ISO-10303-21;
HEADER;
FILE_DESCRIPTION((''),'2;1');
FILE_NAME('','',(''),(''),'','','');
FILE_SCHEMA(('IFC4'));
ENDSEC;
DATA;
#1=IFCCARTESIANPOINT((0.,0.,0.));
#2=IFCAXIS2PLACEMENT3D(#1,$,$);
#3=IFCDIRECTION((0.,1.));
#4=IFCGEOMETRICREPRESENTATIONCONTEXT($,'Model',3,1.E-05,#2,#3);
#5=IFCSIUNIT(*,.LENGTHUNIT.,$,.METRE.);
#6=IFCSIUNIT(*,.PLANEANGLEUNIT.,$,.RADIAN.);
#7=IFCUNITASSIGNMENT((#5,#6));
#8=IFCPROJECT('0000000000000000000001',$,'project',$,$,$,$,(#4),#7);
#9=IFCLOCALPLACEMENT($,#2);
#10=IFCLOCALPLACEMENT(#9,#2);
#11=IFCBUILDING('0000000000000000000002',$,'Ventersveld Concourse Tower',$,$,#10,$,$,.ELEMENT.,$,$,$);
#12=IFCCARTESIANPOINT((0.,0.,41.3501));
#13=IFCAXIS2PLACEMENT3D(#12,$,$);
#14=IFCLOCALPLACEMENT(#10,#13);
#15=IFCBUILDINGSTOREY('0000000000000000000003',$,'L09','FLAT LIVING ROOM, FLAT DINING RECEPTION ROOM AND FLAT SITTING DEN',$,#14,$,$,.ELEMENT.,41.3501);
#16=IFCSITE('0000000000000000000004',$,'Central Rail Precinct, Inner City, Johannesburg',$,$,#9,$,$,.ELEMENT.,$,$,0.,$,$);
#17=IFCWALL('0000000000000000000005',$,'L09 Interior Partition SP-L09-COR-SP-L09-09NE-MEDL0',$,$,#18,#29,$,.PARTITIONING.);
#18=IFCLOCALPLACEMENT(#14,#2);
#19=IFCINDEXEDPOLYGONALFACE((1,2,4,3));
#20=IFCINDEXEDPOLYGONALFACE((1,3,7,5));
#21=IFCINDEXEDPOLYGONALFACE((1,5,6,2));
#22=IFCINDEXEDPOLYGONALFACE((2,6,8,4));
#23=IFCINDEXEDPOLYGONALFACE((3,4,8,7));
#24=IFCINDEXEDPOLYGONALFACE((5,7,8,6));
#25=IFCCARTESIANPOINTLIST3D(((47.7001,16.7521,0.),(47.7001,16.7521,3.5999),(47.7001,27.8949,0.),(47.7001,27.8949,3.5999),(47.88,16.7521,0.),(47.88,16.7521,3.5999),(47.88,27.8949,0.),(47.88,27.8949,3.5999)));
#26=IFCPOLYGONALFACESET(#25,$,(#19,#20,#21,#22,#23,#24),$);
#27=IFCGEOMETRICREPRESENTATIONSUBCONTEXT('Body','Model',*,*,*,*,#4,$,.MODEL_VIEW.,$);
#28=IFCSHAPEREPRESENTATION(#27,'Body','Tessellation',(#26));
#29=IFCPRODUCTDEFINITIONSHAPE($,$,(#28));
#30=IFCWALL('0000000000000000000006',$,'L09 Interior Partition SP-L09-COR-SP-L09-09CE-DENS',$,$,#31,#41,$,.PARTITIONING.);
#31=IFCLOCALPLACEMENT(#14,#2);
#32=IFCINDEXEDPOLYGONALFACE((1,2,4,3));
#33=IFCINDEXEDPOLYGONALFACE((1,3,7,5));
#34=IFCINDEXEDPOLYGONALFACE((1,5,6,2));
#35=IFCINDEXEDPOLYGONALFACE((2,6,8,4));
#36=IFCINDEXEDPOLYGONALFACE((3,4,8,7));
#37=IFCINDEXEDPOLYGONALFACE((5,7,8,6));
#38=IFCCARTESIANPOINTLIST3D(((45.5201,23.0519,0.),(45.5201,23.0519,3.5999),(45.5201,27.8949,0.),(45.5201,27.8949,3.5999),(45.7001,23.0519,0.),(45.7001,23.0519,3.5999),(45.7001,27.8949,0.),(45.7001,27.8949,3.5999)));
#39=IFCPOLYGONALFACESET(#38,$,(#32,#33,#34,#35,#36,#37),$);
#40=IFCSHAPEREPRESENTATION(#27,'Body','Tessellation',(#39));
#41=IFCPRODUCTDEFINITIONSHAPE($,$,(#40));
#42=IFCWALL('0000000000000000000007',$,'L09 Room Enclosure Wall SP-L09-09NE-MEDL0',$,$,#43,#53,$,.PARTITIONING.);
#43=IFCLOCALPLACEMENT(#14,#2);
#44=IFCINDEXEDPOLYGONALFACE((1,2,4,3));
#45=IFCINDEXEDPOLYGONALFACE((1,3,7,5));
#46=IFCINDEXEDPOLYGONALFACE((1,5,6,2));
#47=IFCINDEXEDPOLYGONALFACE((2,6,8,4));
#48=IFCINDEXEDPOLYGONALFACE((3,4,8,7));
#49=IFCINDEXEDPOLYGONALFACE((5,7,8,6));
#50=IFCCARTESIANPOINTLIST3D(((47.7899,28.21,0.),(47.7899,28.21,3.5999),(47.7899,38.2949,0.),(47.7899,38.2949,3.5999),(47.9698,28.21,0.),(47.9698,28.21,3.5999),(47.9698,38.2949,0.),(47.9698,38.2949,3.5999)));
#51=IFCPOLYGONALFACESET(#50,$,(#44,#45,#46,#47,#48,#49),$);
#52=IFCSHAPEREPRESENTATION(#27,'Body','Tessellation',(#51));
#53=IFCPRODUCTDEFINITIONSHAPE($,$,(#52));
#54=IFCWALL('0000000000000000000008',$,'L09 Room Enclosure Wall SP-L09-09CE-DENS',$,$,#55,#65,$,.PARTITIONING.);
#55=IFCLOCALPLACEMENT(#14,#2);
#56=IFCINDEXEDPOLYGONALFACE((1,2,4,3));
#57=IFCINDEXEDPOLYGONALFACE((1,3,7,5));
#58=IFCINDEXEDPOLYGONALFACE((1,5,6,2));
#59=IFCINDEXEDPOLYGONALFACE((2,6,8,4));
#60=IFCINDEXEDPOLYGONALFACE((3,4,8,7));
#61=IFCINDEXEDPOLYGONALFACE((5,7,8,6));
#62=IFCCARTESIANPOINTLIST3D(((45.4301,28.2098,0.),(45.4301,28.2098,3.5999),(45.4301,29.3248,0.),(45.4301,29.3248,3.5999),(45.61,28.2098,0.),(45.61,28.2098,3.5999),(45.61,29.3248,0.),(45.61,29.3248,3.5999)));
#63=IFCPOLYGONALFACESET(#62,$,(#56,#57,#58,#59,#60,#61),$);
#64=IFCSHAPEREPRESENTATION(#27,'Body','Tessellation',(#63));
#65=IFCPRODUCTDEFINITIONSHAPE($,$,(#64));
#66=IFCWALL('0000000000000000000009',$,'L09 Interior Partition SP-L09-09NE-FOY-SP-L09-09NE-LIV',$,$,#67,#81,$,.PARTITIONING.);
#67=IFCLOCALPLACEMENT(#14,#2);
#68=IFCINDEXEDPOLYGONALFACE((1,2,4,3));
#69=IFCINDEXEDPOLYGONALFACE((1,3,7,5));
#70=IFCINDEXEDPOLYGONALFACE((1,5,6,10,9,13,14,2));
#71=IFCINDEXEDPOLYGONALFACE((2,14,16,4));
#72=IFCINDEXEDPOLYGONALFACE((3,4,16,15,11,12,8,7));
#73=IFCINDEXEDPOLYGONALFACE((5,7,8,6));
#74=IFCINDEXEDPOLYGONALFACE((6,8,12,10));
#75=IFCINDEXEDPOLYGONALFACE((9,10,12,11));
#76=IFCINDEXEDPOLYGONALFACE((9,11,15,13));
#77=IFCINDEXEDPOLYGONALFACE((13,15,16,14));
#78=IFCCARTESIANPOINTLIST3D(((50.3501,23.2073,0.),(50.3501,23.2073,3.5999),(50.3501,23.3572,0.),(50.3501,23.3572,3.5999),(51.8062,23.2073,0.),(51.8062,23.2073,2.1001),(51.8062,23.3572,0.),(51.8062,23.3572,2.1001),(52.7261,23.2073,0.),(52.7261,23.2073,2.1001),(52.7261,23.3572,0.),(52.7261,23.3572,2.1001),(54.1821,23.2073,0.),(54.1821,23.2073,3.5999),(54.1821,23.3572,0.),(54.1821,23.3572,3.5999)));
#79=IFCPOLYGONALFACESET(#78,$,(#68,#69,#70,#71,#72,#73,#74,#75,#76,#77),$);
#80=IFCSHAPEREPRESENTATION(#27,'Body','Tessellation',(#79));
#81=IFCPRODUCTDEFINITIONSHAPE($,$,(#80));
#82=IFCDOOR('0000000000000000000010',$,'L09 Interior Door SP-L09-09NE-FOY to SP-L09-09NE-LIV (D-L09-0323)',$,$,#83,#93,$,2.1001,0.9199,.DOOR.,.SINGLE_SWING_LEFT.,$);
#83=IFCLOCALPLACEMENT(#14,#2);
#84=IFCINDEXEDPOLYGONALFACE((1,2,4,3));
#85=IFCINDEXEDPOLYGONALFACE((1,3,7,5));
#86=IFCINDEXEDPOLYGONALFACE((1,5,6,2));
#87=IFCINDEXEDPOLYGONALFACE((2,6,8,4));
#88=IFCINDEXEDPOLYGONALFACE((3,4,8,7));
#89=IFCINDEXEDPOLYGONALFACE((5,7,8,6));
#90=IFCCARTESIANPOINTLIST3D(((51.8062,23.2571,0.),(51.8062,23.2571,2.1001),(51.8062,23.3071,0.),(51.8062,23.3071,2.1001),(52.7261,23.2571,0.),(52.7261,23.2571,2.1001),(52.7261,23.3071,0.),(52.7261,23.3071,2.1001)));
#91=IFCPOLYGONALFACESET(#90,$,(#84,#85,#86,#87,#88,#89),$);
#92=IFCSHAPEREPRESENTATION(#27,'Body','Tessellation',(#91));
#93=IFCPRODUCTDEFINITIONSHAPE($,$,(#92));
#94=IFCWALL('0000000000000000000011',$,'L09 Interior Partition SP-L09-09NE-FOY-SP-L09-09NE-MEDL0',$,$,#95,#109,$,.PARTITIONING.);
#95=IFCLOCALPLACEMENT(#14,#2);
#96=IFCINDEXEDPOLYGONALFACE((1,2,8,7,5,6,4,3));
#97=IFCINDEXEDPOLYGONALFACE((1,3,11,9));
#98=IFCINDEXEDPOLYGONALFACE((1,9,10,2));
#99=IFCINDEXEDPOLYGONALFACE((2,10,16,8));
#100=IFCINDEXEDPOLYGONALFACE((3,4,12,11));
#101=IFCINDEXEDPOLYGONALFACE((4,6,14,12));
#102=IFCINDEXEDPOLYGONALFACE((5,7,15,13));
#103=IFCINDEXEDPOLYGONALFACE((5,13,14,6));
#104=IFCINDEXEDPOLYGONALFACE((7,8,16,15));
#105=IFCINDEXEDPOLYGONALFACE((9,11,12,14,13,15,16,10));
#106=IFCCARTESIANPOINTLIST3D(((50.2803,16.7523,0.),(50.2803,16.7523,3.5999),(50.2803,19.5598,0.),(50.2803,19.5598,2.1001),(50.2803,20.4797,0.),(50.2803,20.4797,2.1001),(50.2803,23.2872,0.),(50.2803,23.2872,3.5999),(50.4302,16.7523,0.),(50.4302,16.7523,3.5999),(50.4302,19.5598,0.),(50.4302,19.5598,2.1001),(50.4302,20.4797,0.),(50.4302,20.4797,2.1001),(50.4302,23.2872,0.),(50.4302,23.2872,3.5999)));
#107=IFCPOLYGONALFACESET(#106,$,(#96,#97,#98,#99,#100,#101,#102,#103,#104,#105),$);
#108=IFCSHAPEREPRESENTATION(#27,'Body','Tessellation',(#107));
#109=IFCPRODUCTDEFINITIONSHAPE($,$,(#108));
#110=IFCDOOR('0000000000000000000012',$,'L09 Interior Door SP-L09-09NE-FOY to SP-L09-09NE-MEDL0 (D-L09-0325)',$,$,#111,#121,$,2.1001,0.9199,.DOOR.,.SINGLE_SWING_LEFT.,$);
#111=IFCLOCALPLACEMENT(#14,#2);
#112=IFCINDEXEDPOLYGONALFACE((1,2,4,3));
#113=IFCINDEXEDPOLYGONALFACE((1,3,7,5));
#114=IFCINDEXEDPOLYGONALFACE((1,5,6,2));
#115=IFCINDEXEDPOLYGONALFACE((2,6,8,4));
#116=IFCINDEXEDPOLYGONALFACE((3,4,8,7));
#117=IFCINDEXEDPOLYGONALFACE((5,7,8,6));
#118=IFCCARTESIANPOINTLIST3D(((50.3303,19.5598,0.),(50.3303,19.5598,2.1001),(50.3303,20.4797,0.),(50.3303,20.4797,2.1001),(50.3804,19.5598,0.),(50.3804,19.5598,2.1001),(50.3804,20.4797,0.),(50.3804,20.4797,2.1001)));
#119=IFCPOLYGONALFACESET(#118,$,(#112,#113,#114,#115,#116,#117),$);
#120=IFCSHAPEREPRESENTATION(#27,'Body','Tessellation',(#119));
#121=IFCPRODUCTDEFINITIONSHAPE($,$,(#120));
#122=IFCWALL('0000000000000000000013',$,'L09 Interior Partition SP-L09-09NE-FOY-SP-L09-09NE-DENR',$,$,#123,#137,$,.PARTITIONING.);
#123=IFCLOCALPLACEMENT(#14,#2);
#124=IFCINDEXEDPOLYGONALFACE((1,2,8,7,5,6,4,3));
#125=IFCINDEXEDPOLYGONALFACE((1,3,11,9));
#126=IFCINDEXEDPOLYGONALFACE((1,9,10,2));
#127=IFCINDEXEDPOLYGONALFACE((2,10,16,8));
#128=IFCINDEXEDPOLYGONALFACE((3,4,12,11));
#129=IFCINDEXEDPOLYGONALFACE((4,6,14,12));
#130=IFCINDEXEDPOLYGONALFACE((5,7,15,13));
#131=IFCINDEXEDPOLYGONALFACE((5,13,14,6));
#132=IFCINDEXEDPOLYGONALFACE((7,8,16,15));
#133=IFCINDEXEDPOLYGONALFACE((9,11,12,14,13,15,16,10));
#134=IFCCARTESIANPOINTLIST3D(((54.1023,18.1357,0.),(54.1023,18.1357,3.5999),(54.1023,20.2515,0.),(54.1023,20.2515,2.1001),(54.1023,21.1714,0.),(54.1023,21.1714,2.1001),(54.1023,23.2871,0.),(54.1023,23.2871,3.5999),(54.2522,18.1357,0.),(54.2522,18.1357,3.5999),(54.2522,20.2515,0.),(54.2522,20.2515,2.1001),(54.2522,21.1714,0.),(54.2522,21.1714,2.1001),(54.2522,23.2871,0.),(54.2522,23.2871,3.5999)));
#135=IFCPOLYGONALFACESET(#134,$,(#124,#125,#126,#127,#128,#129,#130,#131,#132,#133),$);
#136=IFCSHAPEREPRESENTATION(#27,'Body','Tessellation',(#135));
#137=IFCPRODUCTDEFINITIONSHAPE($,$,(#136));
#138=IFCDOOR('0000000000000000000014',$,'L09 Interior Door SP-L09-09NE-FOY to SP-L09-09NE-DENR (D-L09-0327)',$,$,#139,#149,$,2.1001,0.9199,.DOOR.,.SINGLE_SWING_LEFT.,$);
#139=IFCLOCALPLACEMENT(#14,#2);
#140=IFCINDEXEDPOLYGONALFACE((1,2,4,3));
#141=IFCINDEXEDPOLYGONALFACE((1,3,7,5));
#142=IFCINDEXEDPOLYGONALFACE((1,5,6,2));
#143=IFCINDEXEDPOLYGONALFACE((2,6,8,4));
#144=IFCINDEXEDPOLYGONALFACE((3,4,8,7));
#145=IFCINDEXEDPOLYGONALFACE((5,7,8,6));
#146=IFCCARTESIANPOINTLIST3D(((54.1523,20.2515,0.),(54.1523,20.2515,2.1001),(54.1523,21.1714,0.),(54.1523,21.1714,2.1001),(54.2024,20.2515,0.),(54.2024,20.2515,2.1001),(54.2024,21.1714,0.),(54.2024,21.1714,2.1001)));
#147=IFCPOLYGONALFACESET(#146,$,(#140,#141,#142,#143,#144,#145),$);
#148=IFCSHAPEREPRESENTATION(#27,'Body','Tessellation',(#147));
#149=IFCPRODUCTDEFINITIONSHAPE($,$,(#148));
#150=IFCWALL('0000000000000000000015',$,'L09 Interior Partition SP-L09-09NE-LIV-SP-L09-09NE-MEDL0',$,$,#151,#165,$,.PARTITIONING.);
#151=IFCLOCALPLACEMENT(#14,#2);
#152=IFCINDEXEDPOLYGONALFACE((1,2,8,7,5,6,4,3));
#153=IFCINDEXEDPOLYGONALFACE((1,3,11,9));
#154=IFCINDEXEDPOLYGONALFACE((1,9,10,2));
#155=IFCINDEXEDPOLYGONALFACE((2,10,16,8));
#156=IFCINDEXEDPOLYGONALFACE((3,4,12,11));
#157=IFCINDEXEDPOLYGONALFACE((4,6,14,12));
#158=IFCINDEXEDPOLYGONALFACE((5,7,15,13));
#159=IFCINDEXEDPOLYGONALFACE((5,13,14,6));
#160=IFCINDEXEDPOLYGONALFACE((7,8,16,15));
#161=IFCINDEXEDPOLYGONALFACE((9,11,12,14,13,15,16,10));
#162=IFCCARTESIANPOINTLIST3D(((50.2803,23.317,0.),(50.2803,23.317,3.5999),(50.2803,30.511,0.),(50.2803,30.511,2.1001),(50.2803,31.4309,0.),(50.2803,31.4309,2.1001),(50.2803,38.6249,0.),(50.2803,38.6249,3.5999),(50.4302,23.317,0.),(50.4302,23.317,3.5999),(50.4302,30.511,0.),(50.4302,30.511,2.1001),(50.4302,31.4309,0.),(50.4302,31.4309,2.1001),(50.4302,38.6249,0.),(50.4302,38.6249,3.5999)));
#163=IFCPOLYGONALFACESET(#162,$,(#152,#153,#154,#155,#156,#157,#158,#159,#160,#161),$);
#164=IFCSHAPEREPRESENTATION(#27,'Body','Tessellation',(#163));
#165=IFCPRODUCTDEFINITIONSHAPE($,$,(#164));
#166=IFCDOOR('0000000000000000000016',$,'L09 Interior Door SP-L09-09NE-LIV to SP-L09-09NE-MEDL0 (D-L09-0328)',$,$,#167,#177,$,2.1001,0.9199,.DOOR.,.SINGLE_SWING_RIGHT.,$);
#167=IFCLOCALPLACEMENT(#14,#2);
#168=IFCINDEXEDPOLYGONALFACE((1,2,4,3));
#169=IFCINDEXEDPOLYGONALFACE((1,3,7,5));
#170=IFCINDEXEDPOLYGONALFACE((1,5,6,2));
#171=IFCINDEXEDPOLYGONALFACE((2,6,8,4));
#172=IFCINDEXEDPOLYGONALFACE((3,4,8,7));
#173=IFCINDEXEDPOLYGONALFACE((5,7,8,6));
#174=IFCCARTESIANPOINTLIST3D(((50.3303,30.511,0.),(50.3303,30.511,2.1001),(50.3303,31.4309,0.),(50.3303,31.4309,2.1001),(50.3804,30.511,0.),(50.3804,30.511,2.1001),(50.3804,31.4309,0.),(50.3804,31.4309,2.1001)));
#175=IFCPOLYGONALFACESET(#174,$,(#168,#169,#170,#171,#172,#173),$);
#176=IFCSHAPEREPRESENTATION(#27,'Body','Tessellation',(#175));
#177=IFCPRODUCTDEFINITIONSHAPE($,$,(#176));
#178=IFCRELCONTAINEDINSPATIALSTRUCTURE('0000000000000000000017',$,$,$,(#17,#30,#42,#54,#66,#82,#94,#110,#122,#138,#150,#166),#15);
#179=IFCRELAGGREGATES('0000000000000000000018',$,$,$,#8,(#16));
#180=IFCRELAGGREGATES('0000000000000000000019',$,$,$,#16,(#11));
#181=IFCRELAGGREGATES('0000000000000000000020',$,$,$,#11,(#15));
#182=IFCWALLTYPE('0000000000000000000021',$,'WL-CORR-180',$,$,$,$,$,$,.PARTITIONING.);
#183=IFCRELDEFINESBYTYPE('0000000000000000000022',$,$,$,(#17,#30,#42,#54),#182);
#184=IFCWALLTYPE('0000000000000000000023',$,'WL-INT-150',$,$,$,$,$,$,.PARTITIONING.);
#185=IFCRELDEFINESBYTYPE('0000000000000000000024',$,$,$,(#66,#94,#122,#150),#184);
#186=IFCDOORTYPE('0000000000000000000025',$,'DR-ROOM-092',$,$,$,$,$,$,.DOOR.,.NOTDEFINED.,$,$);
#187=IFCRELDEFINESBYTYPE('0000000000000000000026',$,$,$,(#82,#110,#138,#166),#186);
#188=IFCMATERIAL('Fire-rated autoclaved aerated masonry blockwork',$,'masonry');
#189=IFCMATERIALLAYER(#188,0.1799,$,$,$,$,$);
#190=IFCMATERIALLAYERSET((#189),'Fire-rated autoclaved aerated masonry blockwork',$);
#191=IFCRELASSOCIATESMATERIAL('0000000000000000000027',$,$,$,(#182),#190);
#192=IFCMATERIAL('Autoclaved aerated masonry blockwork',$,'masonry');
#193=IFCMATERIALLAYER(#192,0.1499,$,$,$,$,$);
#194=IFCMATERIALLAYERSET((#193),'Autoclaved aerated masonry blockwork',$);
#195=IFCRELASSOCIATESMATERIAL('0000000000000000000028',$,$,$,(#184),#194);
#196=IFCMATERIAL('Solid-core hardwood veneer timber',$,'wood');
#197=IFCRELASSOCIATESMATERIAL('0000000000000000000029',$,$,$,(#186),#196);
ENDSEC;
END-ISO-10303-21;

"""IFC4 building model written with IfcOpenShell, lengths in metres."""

from ifc_helpers import new_model, si_unit, direction, frame, frame_2d, origin, place, context, subcontext, project, spatial, rectangle, extrude, material, layer, layer_set, type_object, element, fill, save


model = new_model("IFC4")

# Units and contexts
model_context = context("Model", 3, precision=1e-05, world=origin(), true_north=direction((0.0, 1.0)))
body_context = subcontext(model_context, "Body", "Model", "MODEL_VIEW")
ifc_project = project(units=[si_unit("LENGTHUNIT", "METRE"), si_unit("PLANEANGLEUNIT", "RADIAN")], contexts=[model_context])

# Site, building, storey
site_placement = place(None, origin())
site = spatial("IfcSite", under=ifc_project, at=site_placement, Name="Central Rail Precinct, Inner City, Johannesburg", CompositionType="ELEMENT", RefElevation=0.0)
building_placement = place(site_placement, origin())
building = spatial("IfcBuilding", under=site, at=building_placement, Name="Ventersveld Concourse Tower", CompositionType="ELEMENT")
storey_placement = place(building_placement, frame((0.0, 0.0, 41.3501)))
storey = spatial("IfcBuildingStorey", under=building, at=storey_placement, Name="L09", Description="FLAT LIVING ROOM, FLAT DINING RECEPTION ROOM AND FLAT SITTING DEN", CompositionType="ELEMENT", Elevation=41.3501)

# Walls
ifc_material_1 = material(Name="Fire-rated autoclaved aerated masonry blockwork", Category="masonry")
ifc_layer_1 = layer(ifc_material_1, 0.1799)
ifc_layer_set_1 = layer_set([ifc_layer_1], Name="Fire-rated autoclaved aerated masonry blockwork")
wall_type_1 = type_object("IfcWallType", Name="WL-CORR-180", PredefinedType="PARTITIONING", material=ifc_layer_set_1)
wall_1_placement = place(storey_placement, frame((47.79, 16.7522, 0.0), z_axis=(0.0, 0.0, 1.0), x_axis=(0.0, 1.0, 0.0)))
element("IfcWall", 1, at=wall_1_placement, inside=storey, type_object=wall_type_1, Name="L09 Interior Partition SP-L09-COR-SP-L09-09NE-MEDL0", PredefinedType="PARTITIONING", context=body_context, shape_type="SweptSolid", body=[
    extrude(rectangle(XDim=11.1428, YDim=0.1799, at=frame_2d((5.5713, 0.0))), origin(), (0.0, 0.0, 1.0), 3.5999),
])
wall_2_placement = place(storey_placement, frame((45.6101, 23.052, 0.0), z_axis=(0.0, 0.0, 1.0), x_axis=(0.0, 1.0, 0.0)))
element("IfcWall", 2, at=wall_2_placement, inside=storey, type_object=wall_type_1, Name="L09 Interior Partition SP-L09-COR-SP-L09-09CE-DENS", PredefinedType="PARTITIONING", context=body_context, shape_type="SweptSolid", body=[
    extrude(rectangle(XDim=4.843, YDim=0.1799, at=frame_2d((2.4214, 0.0))), origin(), (0.0, 0.0, 1.0), 3.5999),
])
wall_3_placement = place(storey_placement, frame((47.8799, 28.21, 0.0), z_axis=(0.0, 0.0, 1.0), x_axis=(0.0, 1.0, 0.0)))
element("IfcWall", 3, at=wall_3_placement, inside=storey, type_object=wall_type_1, Name="L09 Room Enclosure Wall SP-L09-09NE-MEDL0", PredefinedType="PARTITIONING", context=body_context, shape_type="SweptSolid", body=[
    extrude(rectangle(XDim=10.085, YDim=0.1799, at=frame_2d((5.0425, 0.0))), origin(), (0.0, 0.0, 1.0), 3.5999),
])
wall_4_placement = place(storey_placement, frame((45.52, 29.325, 0.0), z_axis=(0.0, 0.0, 1.0), x_axis=(0.0, -1.0, 0.0)))
element("IfcWall", 4, at=wall_4_placement, inside=storey, type_object=wall_type_1, Name="L09 Room Enclosure Wall SP-L09-09CE-DENS", PredefinedType="PARTITIONING", context=body_context, shape_type="SweptSolid", body=[
    extrude(rectangle(XDim=1.115, YDim=0.1799, at=frame_2d((0.5576, 0.0))), origin(), (0.0, 0.0, 1.0), 3.5999),
])

# Walls, openings, doors
ifc_material_2 = material(Name="Autoclaved aerated masonry blockwork", Category="masonry")
ifc_layer_2 = layer(ifc_material_2, 0.1499)
ifc_layer_set_2 = layer_set([ifc_layer_2], Name="Autoclaved aerated masonry blockwork")
wall_type_2 = type_object("IfcWallType", Name="WL-INT-150", PredefinedType="PARTITIONING", material=ifc_layer_set_2)
wall_5_placement = place(storey_placement, frame((50.3501, 23.2822, 0.0), z_axis=(0.0, 0.0, 1.0), x_axis=(1.0, 0.0, 0.0)))
wall_5 = element("IfcWall", 5, at=wall_5_placement, inside=storey, type_object=wall_type_2, Name="L09 Interior Partition SP-L09-09NE-FOY-SP-L09-09NE-LIV", PredefinedType="PARTITIONING", context=body_context, shape_type="SweptSolid", body=[
    extrude(rectangle(XDim=3.832, YDim=0.1499, at=frame_2d((1.916, 0.0))), origin(), (0.0, 0.0, 1.0), 3.5999),
])
opening_1_placement = place(wall_5_placement, frame((1.4561, 0.0, 0.0)))
opening_1 = element("IfcOpeningElement", 6, at=opening_1_placement, cuts=wall_5, PredefinedType="OPENING", context=body_context, shape_type="SweptSolid", body=[
    extrude(rectangle(XDim=0.9199, YDim=2.1001, at=frame_2d((0.46, 1.05))), frame((0.0, 0.085, 0.0), z_axis=(0.0, -1.0, 0.0), x_axis=(1.0, 0.0, 0.0)), (0.0, 0.0, 1.0), 0.1699),
])
ifc_material_3 = material(Name="Solid-core hardwood veneer timber", Category="wood")
door_type = type_object("IfcDoorType", Name="DR-ROOM-092", OperationType="NOTDEFINED", PredefinedType="DOOR", material=ifc_material_3)
door_1_placement = place(opening_1_placement, origin())
door_1 = element("IfcDoor", 7, at=door_1_placement, inside=storey, type_object=door_type, Name="L09 Interior Door SP-L09-09NE-FOY to SP-L09-09NE-LIV (D-L09-0323)", OperationType="SINGLE_SWING_LEFT", OverallHeight=2.1001, OverallWidth=0.9199, PredefinedType="DOOR", context=body_context, shape_type="SweptSolid", body=[
    extrude(rectangle(XDim=0.9199, YDim=2.1001, at=frame_2d((0.46, 1.05))), frame((0.0, 0.0249, 0.0), z_axis=(0.0, -1.0, 0.0), x_axis=(1.0, 0.0, 0.0)), (0.0, 0.0, 1.0), 0.05),
])
fill(opening_1, door_1)
wall_6_placement = place(storey_placement, frame((50.3552, 16.7522, 0.0), z_axis=(0.0, 0.0, 1.0), x_axis=(0.0, 1.0, 0.0)))
wall_6 = element("IfcWall", 8, at=wall_6_placement, inside=storey, type_object=wall_type_2, Name="L09 Interior Partition SP-L09-09NE-FOY-SP-L09-09NE-MEDL0", PredefinedType="PARTITIONING", context=body_context, shape_type="SweptSolid", body=[
    extrude(rectangle(XDim=6.5349, YDim=0.1499, at=frame_2d((3.2676, 0.0))), origin(), (0.0, 0.0, 1.0), 3.5999),
])
opening_2_placement = place(wall_6_placement, frame((2.8076, 0.0, 0.0)))
opening_2 = element("IfcOpeningElement", 9, at=opening_2_placement, cuts=wall_6, PredefinedType="OPENING", context=body_context, shape_type="SweptSolid", body=[
    extrude(rectangle(XDim=0.9199, YDim=2.1001, at=frame_2d((0.46, 1.05))), frame((0.0, 0.085, 0.0), z_axis=(0.0, -1.0, 0.0), x_axis=(1.0, 0.0, 0.0)), (0.0, 0.0, 1.0), 0.1699),
])
door_2_placement = place(opening_2_placement, origin())
door_2 = element("IfcDoor", 10, at=door_2_placement, inside=storey, type_object=door_type, Name="L09 Interior Door SP-L09-09NE-FOY to SP-L09-09NE-MEDL0 (D-L09-0325)", OperationType="SINGLE_SWING_LEFT", OverallHeight=2.1001, OverallWidth=0.9199, PredefinedType="DOOR", context=body_context, shape_type="SweptSolid", body=[
    extrude(rectangle(XDim=0.9199, YDim=2.1001, at=frame_2d((0.46, 1.05))), frame((0.0, 0.0249, 0.0), z_axis=(0.0, -1.0, 0.0), x_axis=(1.0, 0.0, 0.0)), (0.0, 0.0, 1.0), 0.05),
])
fill(opening_2, door_2)
wall_7_placement = place(storey_placement, frame((54.1772, 18.1357, 0.0), z_axis=(0.0, 0.0, 1.0), x_axis=(0.0, 1.0, 0.0)))
wall_7 = element("IfcWall", 11, at=wall_7_placement, inside=storey, type_object=wall_type_2, Name="L09 Interior Partition SP-L09-09NE-FOY-SP-L09-09NE-DENR", PredefinedType="PARTITIONING", context=body_context, shape_type="SweptSolid", body=[
    extrude(rectangle(XDim=5.1514, YDim=0.1499, at=frame_2d((2.5757, 0.0))), origin(), (0.0, 0.0, 1.0), 3.5999),
])
opening_3_placement = place(wall_7_placement, frame((2.1157, 0.0, 0.0)))
opening_3 = element("IfcOpeningElement", 12, at=opening_3_placement, cuts=wall_7, PredefinedType="OPENING", context=body_context, shape_type="SweptSolid", body=[
    extrude(rectangle(XDim=0.9199, YDim=2.1001, at=frame_2d((0.46, 1.05))), frame((0.0, 0.085, 0.0), z_axis=(0.0, -1.0, 0.0), x_axis=(1.0, 0.0, 0.0)), (0.0, 0.0, 1.0), 0.1699),
])
door_3_placement = place(opening_3_placement, origin())
door_3 = element("IfcDoor", 13, at=door_3_placement, inside=storey, type_object=door_type, Name="L09 Interior Door SP-L09-09NE-FOY to SP-L09-09NE-DENR (D-L09-0327)", OperationType="SINGLE_SWING_LEFT", OverallHeight=2.1001, OverallWidth=0.9199, PredefinedType="DOOR", context=body_context, shape_type="SweptSolid", body=[
    extrude(rectangle(XDim=0.9199, YDim=2.1001, at=frame_2d((0.46, 1.05))), frame((0.0, 0.0249, 0.0), z_axis=(0.0, -1.0, 0.0), x_axis=(1.0, 0.0, 0.0)), (0.0, 0.0, 1.0), 0.05),
])
fill(opening_3, door_3)
wall_8_placement = place(storey_placement, frame((50.3552, 23.3171, 0.0), z_axis=(0.0, 0.0, 1.0), x_axis=(0.0, 1.0, 0.0)))
wall_8 = element("IfcWall", 14, at=wall_8_placement, inside=storey, type_object=wall_type_2, Name="L09 Interior Partition SP-L09-09NE-LIV-SP-L09-09NE-MEDL0", PredefinedType="PARTITIONING", context=body_context, shape_type="SweptSolid", body=[
    extrude(rectangle(XDim=15.3079, YDim=0.1499, at=frame_2d((7.6538, 0.0))), origin(), (0.0, 0.0, 1.0), 3.5999),
])
opening_4_placement = place(wall_8_placement, frame((7.1938, 0.0, 0.0)))
opening_4 = element("IfcOpeningElement", 15, at=opening_4_placement, cuts=wall_8, PredefinedType="OPENING", context=body_context, shape_type="SweptSolid", body=[
    extrude(rectangle(XDim=0.9199, YDim=2.1001, at=frame_2d((0.46, 1.05))), frame((0.0, 0.085, 0.0), z_axis=(0.0, -1.0, 0.0), x_axis=(1.0, 0.0, 0.0)), (0.0, 0.0, 1.0), 0.1699),
])
door_4_placement = place(opening_4_placement, origin())
door_4 = element("IfcDoor", 16, at=door_4_placement, inside=storey, type_object=door_type, Name="L09 Interior Door SP-L09-09NE-LIV to SP-L09-09NE-MEDL0 (D-L09-0328)", OperationType="SINGLE_SWING_RIGHT", OverallHeight=2.1001, OverallWidth=0.9199, PredefinedType="DOOR", context=body_context, shape_type="SweptSolid", body=[
    extrude(rectangle(XDim=0.9199, YDim=2.1001, at=frame_2d((0.46, 1.05))), frame((0.0, 0.0249, 0.0), z_axis=(0.0, -1.0, 0.0), x_axis=(1.0, 0.0, 0.0)), (0.0, 0.0, 1.0), 0.05),
])
fill(opening_4, door_4)

save(model, "model.ifc")
